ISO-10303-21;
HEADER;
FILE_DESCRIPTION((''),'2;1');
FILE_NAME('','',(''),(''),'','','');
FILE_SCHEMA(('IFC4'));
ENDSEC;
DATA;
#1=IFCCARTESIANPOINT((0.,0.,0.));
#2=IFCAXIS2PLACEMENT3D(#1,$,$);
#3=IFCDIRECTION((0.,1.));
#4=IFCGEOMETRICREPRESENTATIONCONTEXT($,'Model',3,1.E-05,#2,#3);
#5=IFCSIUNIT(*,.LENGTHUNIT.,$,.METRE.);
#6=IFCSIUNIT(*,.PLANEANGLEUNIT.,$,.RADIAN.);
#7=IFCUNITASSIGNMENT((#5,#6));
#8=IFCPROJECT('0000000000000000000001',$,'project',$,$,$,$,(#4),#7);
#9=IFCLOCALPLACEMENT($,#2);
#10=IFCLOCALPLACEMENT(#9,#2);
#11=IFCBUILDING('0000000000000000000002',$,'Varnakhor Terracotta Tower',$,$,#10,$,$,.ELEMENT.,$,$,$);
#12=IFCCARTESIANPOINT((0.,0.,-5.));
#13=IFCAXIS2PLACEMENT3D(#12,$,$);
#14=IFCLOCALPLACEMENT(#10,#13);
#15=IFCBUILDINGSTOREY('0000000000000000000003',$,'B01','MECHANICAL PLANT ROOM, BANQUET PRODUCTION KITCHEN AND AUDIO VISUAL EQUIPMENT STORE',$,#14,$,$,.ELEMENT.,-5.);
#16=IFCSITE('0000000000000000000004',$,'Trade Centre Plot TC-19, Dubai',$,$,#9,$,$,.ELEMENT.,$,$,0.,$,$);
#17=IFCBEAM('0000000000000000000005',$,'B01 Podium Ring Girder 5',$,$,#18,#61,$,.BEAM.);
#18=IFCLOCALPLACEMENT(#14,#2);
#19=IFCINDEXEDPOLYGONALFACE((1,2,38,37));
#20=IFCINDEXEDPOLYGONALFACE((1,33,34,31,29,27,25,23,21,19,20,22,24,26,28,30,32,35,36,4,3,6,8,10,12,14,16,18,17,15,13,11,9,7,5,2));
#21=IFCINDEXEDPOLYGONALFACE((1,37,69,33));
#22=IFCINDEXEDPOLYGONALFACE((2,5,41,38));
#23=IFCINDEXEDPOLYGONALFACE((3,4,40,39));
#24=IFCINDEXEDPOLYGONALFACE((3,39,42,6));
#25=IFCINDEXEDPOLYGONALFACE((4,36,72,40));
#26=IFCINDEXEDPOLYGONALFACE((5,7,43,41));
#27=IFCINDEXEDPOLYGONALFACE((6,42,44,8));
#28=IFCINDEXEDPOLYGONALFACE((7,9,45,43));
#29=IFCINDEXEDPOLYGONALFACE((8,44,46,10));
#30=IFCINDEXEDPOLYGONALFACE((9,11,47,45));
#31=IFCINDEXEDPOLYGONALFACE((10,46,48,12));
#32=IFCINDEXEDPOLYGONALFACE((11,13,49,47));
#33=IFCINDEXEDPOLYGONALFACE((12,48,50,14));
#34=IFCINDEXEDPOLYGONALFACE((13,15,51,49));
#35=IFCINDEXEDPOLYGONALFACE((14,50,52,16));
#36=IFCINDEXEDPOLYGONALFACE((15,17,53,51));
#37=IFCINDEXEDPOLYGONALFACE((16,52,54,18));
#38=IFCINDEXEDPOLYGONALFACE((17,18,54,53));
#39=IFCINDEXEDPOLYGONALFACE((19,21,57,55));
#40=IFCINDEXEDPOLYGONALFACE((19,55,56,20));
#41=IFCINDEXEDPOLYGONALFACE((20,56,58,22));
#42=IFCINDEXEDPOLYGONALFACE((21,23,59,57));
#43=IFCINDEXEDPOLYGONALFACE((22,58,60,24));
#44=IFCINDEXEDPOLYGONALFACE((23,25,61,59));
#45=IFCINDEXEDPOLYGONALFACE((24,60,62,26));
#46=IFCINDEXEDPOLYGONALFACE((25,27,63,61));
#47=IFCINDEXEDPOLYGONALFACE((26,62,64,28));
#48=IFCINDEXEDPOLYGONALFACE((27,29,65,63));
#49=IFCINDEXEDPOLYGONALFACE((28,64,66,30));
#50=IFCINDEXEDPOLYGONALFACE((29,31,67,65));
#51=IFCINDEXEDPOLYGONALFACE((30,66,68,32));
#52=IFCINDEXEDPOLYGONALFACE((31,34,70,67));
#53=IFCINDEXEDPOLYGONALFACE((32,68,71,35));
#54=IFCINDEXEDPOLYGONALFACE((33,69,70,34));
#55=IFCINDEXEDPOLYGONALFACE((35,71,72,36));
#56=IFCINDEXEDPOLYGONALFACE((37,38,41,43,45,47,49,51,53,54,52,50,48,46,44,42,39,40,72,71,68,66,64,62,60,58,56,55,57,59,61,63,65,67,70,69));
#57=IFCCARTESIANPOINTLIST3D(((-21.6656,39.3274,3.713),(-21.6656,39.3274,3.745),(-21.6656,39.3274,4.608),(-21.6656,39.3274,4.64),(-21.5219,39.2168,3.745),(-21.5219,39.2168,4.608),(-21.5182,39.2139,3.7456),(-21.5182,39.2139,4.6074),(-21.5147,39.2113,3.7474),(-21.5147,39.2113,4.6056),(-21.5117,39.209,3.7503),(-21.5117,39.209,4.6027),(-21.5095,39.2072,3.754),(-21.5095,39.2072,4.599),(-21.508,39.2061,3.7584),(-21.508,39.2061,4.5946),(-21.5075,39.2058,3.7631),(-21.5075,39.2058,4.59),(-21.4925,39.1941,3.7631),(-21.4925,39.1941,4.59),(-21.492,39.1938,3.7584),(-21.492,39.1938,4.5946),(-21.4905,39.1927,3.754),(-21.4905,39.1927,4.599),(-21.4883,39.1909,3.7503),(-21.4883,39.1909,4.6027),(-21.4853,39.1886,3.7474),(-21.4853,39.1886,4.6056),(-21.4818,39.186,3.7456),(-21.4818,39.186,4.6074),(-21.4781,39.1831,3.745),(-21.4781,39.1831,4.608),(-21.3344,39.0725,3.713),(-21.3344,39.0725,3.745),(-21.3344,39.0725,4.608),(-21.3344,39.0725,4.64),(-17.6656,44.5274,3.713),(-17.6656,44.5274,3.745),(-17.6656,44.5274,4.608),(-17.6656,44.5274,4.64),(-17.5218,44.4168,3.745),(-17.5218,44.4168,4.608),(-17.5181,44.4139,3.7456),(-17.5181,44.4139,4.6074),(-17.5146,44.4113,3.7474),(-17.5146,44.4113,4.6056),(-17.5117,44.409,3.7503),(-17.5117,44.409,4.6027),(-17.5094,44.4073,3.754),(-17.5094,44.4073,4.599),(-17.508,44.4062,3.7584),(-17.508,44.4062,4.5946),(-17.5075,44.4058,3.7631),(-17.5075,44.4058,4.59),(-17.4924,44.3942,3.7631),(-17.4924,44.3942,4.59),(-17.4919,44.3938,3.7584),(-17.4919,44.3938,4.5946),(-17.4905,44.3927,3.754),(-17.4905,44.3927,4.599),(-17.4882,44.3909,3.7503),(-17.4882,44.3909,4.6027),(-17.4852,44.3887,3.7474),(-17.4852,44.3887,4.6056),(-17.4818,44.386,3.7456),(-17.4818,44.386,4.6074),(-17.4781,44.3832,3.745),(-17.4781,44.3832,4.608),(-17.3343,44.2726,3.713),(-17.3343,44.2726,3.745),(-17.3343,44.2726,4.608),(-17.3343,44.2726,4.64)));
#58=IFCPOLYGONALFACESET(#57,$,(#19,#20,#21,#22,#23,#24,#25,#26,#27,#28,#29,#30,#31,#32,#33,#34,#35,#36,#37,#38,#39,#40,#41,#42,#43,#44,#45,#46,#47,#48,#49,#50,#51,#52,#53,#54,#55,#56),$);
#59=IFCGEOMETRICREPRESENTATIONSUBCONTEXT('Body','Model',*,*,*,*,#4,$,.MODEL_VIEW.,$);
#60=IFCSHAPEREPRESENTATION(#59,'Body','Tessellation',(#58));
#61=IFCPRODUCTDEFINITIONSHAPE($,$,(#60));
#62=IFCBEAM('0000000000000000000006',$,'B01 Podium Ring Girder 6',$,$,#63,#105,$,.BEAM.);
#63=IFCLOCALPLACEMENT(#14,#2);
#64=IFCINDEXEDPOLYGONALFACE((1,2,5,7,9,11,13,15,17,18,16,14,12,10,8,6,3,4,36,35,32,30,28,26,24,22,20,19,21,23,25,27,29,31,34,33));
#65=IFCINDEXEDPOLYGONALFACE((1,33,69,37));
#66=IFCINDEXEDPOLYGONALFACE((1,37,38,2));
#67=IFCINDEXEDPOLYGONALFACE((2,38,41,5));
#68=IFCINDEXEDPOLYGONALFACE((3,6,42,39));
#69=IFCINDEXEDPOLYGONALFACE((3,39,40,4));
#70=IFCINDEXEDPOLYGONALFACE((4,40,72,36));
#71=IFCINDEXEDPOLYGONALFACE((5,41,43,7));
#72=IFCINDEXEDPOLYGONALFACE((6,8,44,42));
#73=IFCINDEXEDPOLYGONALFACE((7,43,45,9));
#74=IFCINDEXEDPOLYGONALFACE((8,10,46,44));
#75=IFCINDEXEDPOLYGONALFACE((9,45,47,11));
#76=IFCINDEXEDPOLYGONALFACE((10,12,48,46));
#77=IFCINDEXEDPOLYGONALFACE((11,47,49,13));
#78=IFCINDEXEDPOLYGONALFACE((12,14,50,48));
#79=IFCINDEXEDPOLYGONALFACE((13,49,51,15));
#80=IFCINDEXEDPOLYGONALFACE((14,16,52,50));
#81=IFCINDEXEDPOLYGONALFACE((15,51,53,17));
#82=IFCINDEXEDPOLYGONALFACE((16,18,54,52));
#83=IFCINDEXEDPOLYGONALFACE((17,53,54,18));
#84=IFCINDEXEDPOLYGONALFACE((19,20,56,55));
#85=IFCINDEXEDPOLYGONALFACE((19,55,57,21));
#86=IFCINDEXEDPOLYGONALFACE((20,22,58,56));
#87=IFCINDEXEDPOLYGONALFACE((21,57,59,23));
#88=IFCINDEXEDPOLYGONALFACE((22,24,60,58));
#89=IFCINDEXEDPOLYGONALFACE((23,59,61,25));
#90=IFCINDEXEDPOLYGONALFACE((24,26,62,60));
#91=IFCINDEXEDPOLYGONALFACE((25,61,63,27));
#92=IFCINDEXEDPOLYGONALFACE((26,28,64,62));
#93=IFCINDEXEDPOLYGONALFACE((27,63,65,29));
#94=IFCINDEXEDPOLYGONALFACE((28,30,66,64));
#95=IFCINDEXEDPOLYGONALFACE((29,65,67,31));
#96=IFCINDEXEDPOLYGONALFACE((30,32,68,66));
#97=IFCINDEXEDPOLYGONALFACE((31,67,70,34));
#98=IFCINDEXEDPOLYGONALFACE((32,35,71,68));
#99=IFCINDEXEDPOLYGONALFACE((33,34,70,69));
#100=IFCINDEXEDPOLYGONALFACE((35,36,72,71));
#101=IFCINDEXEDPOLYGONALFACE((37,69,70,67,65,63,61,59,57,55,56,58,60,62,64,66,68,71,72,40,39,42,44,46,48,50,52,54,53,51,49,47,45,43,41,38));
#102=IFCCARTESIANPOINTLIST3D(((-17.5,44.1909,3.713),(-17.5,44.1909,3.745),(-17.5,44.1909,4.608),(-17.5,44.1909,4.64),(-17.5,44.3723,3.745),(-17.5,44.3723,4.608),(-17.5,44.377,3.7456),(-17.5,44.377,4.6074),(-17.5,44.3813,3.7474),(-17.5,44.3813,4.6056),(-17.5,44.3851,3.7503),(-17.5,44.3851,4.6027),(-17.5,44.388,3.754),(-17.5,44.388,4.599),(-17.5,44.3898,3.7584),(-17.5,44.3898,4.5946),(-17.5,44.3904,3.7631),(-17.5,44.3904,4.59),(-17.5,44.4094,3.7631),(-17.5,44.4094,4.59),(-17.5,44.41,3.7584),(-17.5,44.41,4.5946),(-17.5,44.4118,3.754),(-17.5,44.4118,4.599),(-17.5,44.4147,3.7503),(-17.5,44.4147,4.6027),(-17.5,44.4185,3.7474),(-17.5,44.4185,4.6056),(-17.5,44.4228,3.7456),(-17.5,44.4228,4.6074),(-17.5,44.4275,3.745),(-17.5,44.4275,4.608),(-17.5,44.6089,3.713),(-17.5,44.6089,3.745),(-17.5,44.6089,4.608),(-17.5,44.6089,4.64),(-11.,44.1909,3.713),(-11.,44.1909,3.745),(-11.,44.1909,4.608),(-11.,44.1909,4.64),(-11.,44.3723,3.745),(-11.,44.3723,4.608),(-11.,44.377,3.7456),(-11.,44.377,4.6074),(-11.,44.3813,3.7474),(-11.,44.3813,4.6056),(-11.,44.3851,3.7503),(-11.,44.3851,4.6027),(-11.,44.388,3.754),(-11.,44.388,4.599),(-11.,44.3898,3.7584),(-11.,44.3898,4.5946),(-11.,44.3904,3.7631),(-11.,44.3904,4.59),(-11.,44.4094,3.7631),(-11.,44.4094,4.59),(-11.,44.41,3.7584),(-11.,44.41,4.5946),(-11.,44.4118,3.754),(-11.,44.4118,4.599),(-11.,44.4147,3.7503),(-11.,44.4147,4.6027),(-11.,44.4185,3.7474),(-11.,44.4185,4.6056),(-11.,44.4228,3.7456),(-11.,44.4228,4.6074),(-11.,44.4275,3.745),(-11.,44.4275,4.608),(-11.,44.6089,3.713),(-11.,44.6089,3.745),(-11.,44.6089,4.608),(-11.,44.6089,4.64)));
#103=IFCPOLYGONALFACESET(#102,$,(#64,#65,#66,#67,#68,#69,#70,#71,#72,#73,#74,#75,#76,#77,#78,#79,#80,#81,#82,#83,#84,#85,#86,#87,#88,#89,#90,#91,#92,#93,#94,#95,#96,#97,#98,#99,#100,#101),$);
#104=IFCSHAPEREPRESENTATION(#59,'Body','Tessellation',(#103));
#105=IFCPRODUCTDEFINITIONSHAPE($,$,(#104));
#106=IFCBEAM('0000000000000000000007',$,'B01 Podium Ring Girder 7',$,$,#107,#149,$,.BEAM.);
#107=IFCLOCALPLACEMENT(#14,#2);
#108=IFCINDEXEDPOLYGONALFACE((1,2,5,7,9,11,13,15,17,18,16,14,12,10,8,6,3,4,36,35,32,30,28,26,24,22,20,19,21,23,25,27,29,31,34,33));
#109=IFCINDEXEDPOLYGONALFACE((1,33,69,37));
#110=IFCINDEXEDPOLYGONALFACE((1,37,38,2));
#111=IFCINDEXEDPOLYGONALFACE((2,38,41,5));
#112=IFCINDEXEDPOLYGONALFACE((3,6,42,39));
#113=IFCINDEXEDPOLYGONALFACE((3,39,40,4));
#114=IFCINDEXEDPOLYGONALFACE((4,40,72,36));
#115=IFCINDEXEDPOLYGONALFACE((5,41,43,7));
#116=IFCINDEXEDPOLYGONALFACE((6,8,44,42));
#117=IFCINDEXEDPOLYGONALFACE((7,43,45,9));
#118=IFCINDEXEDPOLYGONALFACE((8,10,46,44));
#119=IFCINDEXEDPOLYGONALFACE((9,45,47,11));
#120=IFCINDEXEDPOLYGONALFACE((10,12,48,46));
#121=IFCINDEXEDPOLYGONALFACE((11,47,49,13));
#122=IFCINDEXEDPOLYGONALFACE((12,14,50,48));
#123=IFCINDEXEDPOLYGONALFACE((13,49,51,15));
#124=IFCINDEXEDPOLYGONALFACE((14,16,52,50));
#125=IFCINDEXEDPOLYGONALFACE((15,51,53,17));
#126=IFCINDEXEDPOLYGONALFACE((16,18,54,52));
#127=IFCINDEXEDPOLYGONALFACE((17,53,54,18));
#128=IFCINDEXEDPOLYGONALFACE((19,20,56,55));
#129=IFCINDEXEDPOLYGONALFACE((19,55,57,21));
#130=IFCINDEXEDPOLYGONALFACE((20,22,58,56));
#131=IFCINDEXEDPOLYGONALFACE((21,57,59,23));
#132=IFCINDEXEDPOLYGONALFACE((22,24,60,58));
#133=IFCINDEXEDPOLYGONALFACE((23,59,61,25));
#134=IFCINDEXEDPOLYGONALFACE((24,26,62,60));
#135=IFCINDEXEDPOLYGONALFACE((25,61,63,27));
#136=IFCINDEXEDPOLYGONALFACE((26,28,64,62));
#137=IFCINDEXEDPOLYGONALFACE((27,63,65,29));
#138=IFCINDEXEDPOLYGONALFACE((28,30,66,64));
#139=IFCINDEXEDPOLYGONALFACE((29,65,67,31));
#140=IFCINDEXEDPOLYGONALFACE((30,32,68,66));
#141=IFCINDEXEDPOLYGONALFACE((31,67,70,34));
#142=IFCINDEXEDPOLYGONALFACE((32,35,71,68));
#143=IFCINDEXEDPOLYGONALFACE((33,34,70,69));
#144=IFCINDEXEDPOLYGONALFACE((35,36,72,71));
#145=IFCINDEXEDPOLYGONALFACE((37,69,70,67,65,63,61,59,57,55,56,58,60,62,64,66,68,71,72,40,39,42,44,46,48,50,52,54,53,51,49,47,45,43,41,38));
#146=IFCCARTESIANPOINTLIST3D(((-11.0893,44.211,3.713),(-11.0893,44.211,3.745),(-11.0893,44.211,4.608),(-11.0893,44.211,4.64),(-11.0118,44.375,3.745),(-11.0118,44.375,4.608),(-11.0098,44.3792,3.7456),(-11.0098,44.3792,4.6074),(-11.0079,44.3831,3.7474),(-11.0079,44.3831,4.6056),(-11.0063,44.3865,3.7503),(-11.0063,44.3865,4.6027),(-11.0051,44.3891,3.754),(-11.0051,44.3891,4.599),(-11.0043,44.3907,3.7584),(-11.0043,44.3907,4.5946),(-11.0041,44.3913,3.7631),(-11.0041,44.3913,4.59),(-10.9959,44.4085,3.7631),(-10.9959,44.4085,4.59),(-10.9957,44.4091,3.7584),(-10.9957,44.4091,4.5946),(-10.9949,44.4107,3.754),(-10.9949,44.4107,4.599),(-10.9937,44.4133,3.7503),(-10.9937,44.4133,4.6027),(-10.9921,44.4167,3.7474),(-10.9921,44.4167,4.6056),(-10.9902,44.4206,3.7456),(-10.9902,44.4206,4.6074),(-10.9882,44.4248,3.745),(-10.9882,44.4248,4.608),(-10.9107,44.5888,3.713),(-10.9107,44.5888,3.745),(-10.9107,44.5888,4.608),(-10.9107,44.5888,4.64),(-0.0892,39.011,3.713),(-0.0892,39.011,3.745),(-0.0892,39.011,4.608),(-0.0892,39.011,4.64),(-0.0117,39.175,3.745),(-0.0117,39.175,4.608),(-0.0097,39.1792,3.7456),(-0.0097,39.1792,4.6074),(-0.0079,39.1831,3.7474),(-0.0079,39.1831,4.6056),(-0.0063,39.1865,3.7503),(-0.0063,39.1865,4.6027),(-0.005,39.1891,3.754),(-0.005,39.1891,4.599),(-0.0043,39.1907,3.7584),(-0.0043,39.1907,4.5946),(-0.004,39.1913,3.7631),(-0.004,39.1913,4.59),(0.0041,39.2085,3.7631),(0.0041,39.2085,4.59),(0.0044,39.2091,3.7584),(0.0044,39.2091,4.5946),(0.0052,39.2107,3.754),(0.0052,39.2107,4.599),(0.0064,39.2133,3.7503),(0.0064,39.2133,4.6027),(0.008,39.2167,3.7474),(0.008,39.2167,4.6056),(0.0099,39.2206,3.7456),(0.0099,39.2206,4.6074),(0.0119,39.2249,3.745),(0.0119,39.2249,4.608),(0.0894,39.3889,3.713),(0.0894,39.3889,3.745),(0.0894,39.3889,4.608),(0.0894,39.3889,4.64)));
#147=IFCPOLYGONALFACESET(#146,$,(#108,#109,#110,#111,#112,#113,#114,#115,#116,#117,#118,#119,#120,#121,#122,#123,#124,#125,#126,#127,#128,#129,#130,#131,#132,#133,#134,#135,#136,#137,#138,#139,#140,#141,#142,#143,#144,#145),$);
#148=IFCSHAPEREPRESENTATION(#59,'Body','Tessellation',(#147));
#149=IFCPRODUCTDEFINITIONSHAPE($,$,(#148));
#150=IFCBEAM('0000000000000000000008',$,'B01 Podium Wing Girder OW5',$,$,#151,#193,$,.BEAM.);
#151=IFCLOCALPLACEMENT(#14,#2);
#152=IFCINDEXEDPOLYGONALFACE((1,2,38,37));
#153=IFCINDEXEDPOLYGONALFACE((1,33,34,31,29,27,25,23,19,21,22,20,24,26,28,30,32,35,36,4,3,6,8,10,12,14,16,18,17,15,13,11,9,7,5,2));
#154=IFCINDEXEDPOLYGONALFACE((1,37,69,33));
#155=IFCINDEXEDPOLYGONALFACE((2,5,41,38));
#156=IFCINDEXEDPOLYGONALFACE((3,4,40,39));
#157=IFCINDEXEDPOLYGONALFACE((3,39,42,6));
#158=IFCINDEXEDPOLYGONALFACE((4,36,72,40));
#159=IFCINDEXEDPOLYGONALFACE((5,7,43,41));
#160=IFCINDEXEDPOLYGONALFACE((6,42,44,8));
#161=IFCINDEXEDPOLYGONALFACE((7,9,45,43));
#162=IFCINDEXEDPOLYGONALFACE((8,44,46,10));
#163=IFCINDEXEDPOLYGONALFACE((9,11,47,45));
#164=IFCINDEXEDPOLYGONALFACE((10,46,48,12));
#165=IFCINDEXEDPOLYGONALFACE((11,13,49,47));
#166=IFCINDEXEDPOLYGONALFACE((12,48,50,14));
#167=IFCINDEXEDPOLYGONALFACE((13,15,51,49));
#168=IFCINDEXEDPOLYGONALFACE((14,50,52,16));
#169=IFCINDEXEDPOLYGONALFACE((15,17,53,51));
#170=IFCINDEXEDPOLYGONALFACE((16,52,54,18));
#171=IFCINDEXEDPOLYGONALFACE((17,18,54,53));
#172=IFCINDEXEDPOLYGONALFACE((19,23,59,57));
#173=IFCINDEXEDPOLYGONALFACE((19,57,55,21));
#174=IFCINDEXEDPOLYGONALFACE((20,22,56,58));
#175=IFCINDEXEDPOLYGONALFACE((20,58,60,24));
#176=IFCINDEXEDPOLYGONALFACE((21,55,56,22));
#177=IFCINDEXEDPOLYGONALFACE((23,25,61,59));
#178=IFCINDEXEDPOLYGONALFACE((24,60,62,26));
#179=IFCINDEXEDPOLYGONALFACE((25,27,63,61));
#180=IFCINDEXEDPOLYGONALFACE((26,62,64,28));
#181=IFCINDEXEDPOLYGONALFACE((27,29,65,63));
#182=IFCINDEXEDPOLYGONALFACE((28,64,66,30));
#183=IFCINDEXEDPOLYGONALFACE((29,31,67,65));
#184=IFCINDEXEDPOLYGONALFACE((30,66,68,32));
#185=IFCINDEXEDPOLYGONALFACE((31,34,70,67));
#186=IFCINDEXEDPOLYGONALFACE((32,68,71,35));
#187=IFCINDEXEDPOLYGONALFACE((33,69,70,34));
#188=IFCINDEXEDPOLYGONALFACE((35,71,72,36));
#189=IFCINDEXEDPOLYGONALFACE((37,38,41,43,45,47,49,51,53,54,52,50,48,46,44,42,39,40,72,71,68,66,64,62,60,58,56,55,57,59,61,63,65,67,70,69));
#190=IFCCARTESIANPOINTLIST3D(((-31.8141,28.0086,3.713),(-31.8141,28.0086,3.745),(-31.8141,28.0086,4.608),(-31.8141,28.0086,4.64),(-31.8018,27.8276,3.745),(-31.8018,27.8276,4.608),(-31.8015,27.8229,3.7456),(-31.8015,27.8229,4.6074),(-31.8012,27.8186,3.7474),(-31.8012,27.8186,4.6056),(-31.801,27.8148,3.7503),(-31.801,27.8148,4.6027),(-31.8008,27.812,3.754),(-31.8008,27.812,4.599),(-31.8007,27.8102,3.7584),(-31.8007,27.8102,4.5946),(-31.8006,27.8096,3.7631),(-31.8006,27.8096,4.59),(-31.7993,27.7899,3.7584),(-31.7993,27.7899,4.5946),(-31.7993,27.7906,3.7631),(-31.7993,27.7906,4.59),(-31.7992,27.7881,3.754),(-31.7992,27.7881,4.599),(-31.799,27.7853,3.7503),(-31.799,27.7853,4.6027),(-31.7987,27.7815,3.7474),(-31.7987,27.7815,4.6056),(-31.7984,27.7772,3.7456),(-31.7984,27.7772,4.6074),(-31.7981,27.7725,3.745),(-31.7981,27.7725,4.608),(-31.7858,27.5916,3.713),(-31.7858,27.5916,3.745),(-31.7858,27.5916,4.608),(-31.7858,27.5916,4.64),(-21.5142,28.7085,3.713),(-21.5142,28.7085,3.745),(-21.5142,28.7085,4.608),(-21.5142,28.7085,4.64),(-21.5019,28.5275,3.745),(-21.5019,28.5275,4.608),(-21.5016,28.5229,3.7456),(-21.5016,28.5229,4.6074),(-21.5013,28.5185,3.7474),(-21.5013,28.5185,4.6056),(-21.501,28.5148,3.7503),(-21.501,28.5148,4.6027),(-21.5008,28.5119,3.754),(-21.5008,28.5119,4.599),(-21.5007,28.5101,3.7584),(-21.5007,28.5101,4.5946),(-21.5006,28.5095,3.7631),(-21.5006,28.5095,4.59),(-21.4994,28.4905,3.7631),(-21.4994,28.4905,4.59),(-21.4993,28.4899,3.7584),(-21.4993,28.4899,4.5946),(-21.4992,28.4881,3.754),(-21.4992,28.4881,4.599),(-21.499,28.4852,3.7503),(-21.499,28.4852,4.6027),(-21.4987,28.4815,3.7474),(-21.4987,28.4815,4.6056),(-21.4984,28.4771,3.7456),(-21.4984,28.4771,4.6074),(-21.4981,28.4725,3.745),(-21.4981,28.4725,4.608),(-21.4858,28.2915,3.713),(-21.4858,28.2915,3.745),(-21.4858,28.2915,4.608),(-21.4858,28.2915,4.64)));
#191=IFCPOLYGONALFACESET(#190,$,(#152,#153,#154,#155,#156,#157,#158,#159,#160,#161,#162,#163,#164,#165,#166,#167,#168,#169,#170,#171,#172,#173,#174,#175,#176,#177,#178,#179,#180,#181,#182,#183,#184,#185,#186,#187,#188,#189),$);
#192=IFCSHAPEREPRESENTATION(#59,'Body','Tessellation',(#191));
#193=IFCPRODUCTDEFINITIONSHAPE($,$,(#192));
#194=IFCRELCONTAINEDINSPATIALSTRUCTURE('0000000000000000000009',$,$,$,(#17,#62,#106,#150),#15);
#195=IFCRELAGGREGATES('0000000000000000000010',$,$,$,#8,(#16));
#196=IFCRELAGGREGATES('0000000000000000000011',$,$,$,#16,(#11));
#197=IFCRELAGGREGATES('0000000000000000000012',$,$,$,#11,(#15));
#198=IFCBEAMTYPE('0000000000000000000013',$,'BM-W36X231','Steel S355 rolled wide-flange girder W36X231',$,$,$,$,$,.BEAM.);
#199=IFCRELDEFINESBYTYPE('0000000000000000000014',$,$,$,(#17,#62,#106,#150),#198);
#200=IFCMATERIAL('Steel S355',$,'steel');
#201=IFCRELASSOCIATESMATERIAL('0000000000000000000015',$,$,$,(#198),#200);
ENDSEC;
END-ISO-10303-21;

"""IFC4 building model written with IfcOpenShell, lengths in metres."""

from ifc_helpers import new_model, si_unit, direction, frame, origin, origin_2d, place, context, subcontext, project, spatial, i_section, extrude, source, transform, mapped, material, material_profile, profile_set, type_object, element, save


model = new_model("IFC4")

# Units and contexts
model_context = context("Model", 3, precision=1e-05, world=origin(), true_north=direction((0.0, 1.0)))
body_context = subcontext(model_context, "Body", "Model", "MODEL_VIEW")
ifc_project = project(units=[si_unit("LENGTHUNIT", "METRE"), si_unit("PLANEANGLEUNIT", "RADIAN")], contexts=[model_context])

# Site, building, storey
site_placement = place(None, origin())
site = spatial("IfcSite", under=ifc_project, at=site_placement, Name="Trade Centre Plot TC-19, Dubai", CompositionType="ELEMENT", RefElevation=0.0)
building_placement = place(site_placement, origin())
building = spatial("IfcBuilding", under=site, at=building_placement, Name="Varnakhor Terracotta Tower", CompositionType="ELEMENT")
storey_placement = place(building_placement, frame((0.0, 0.0, -5.0)))
storey = spatial("IfcBuildingStorey", under=building, at=storey_placement, Name="B01", Description="MECHANICAL PLANT ROOM, BANQUET PRODUCTION KITCHEN AND AUDIO VISUAL EQUIPMENT STORE", CompositionType="ELEMENT", Elevation=-5.0)

# Shared definitions
ifc_material_1 = material(Name="Steel S355", Category="steel")

# Beams
ifc_material_profile_1 = material_profile(ifc_material_1, i_section(OverallWidth=0.418, OverallDepth=0.927, WebThickness=0.019, FlangeThickness=0.032, FilletRadius=0.0181, at=origin_2d()), Name="W36X231")
ifc_profile_set_1 = profile_set([ifc_material_profile_1], Name="Steel S355")
beam_type_1 = type_object("IfcBeamType", Name="BM-W36X231", Description="Steel S355 rolled wide-flange girder W36X231", PredefinedType="BEAM", material=ifc_profile_set_1)
shared_shape_1 = source(origin(), body_context, "Body", "SweptSolid", [
    extrude(i_section(OverallWidth=0.418, OverallDepth=0.927, WebThickness=0.019, FlangeThickness=0.032, FilletRadius=0.0181, at=origin_2d()), origin(), (0.0, 0.0, 1.0), 6.5605),
])
beam_1_placement = place(storey_placement, frame((-21.5, 39.2, 4.1765), z_axis=(0.609714, 0.792621, 0.0), x_axis=(-0.792621, 0.609714, 0.0)))
element("IfcBeam", 1, at=beam_1_placement, inside=storey, type_object=beam_type_1, Name="B01 Podium Ring Girder 5", PredefinedType="BEAM", context=body_context, shape_type="MappedRepresentation", body=[
    mapped(shared_shape_1, transform((0.0, 0.0, 0.0), scale=1.0)),
])
shared_shape_2 = source(origin(), body_context, "Body", "SweptSolid", [
    extrude(i_section(OverallWidth=0.418, OverallDepth=0.927, WebThickness=0.019, FlangeThickness=0.032, FilletRadius=0.0181, at=origin_2d()), origin(), (0.0, 0.0, 1.0), 6.5),
])
beam_2_placement = place(storey_placement, frame((-17.5, 44.3999, 4.1765), z_axis=(1.0, 0.0, 0.0), x_axis=(0.0, 1.0, 0.0)))
element("IfcBeam", 2, at=beam_2_placement, inside=storey, type_object=beam_type_1, Name="B01 Podium Ring Girder 6", PredefinedType="BEAM", context=body_context, shape_type="MappedRepresentation", body=[
    mapped(shared_shape_2, transform((0.0, 0.0, 0.0), scale=1.0)),
])
shared_shape_3 = source(origin(), body_context, "Body", "SweptSolid", [
    extrude(i_section(OverallWidth=0.418, OverallDepth=0.927, WebThickness=0.019, FlangeThickness=0.032, FilletRadius=0.0181, at=origin_2d()), origin(), (0.0, 0.0, 1.0), 12.1672),
])
beam_3_placement = place(storey_placement, frame((-11.0, 44.3999, 4.1765), z_axis=(0.904074, -0.427376, 0.0), x_axis=(0.427376, 0.904074, 0.0)))
element("IfcBeam", 3, at=beam_3_placement, inside=storey, type_object=beam_type_1, Name="B01 Podium Ring Girder 7", PredefinedType="BEAM", context=body_context, shape_type="MappedRepresentation", body=[
    mapped(shared_shape_3, transform((0.0, 0.0, 0.0), scale=1.0)),
])
shared_shape_4 = source(origin(), body_context, "Body", "SweptSolid", [
    extrude(i_section(OverallWidth=0.418, OverallDepth=0.927, WebThickness=0.019, FlangeThickness=0.032, FilletRadius=0.0181, at=origin_2d()), origin(), (0.0, 0.0, 1.0), 10.3237),
])
beam_4_placement = place(storey_placement, frame((-21.5, 28.5, 4.1765), z_axis=(-0.997699, -0.0678, 0.0), x_axis=(0.0678, -0.997699, 0.0)))
element("IfcBeam", 4, at=beam_4_placement, inside=storey, type_object=beam_type_1, Name="B01 Podium Wing Girder OW5", PredefinedType="BEAM", context=body_context, shape_type="MappedRepresentation", body=[
    mapped(shared_shape_4, transform((0.0, 0.0, 0.0), scale=1.0)),
])

save(model, "model.ifc")
